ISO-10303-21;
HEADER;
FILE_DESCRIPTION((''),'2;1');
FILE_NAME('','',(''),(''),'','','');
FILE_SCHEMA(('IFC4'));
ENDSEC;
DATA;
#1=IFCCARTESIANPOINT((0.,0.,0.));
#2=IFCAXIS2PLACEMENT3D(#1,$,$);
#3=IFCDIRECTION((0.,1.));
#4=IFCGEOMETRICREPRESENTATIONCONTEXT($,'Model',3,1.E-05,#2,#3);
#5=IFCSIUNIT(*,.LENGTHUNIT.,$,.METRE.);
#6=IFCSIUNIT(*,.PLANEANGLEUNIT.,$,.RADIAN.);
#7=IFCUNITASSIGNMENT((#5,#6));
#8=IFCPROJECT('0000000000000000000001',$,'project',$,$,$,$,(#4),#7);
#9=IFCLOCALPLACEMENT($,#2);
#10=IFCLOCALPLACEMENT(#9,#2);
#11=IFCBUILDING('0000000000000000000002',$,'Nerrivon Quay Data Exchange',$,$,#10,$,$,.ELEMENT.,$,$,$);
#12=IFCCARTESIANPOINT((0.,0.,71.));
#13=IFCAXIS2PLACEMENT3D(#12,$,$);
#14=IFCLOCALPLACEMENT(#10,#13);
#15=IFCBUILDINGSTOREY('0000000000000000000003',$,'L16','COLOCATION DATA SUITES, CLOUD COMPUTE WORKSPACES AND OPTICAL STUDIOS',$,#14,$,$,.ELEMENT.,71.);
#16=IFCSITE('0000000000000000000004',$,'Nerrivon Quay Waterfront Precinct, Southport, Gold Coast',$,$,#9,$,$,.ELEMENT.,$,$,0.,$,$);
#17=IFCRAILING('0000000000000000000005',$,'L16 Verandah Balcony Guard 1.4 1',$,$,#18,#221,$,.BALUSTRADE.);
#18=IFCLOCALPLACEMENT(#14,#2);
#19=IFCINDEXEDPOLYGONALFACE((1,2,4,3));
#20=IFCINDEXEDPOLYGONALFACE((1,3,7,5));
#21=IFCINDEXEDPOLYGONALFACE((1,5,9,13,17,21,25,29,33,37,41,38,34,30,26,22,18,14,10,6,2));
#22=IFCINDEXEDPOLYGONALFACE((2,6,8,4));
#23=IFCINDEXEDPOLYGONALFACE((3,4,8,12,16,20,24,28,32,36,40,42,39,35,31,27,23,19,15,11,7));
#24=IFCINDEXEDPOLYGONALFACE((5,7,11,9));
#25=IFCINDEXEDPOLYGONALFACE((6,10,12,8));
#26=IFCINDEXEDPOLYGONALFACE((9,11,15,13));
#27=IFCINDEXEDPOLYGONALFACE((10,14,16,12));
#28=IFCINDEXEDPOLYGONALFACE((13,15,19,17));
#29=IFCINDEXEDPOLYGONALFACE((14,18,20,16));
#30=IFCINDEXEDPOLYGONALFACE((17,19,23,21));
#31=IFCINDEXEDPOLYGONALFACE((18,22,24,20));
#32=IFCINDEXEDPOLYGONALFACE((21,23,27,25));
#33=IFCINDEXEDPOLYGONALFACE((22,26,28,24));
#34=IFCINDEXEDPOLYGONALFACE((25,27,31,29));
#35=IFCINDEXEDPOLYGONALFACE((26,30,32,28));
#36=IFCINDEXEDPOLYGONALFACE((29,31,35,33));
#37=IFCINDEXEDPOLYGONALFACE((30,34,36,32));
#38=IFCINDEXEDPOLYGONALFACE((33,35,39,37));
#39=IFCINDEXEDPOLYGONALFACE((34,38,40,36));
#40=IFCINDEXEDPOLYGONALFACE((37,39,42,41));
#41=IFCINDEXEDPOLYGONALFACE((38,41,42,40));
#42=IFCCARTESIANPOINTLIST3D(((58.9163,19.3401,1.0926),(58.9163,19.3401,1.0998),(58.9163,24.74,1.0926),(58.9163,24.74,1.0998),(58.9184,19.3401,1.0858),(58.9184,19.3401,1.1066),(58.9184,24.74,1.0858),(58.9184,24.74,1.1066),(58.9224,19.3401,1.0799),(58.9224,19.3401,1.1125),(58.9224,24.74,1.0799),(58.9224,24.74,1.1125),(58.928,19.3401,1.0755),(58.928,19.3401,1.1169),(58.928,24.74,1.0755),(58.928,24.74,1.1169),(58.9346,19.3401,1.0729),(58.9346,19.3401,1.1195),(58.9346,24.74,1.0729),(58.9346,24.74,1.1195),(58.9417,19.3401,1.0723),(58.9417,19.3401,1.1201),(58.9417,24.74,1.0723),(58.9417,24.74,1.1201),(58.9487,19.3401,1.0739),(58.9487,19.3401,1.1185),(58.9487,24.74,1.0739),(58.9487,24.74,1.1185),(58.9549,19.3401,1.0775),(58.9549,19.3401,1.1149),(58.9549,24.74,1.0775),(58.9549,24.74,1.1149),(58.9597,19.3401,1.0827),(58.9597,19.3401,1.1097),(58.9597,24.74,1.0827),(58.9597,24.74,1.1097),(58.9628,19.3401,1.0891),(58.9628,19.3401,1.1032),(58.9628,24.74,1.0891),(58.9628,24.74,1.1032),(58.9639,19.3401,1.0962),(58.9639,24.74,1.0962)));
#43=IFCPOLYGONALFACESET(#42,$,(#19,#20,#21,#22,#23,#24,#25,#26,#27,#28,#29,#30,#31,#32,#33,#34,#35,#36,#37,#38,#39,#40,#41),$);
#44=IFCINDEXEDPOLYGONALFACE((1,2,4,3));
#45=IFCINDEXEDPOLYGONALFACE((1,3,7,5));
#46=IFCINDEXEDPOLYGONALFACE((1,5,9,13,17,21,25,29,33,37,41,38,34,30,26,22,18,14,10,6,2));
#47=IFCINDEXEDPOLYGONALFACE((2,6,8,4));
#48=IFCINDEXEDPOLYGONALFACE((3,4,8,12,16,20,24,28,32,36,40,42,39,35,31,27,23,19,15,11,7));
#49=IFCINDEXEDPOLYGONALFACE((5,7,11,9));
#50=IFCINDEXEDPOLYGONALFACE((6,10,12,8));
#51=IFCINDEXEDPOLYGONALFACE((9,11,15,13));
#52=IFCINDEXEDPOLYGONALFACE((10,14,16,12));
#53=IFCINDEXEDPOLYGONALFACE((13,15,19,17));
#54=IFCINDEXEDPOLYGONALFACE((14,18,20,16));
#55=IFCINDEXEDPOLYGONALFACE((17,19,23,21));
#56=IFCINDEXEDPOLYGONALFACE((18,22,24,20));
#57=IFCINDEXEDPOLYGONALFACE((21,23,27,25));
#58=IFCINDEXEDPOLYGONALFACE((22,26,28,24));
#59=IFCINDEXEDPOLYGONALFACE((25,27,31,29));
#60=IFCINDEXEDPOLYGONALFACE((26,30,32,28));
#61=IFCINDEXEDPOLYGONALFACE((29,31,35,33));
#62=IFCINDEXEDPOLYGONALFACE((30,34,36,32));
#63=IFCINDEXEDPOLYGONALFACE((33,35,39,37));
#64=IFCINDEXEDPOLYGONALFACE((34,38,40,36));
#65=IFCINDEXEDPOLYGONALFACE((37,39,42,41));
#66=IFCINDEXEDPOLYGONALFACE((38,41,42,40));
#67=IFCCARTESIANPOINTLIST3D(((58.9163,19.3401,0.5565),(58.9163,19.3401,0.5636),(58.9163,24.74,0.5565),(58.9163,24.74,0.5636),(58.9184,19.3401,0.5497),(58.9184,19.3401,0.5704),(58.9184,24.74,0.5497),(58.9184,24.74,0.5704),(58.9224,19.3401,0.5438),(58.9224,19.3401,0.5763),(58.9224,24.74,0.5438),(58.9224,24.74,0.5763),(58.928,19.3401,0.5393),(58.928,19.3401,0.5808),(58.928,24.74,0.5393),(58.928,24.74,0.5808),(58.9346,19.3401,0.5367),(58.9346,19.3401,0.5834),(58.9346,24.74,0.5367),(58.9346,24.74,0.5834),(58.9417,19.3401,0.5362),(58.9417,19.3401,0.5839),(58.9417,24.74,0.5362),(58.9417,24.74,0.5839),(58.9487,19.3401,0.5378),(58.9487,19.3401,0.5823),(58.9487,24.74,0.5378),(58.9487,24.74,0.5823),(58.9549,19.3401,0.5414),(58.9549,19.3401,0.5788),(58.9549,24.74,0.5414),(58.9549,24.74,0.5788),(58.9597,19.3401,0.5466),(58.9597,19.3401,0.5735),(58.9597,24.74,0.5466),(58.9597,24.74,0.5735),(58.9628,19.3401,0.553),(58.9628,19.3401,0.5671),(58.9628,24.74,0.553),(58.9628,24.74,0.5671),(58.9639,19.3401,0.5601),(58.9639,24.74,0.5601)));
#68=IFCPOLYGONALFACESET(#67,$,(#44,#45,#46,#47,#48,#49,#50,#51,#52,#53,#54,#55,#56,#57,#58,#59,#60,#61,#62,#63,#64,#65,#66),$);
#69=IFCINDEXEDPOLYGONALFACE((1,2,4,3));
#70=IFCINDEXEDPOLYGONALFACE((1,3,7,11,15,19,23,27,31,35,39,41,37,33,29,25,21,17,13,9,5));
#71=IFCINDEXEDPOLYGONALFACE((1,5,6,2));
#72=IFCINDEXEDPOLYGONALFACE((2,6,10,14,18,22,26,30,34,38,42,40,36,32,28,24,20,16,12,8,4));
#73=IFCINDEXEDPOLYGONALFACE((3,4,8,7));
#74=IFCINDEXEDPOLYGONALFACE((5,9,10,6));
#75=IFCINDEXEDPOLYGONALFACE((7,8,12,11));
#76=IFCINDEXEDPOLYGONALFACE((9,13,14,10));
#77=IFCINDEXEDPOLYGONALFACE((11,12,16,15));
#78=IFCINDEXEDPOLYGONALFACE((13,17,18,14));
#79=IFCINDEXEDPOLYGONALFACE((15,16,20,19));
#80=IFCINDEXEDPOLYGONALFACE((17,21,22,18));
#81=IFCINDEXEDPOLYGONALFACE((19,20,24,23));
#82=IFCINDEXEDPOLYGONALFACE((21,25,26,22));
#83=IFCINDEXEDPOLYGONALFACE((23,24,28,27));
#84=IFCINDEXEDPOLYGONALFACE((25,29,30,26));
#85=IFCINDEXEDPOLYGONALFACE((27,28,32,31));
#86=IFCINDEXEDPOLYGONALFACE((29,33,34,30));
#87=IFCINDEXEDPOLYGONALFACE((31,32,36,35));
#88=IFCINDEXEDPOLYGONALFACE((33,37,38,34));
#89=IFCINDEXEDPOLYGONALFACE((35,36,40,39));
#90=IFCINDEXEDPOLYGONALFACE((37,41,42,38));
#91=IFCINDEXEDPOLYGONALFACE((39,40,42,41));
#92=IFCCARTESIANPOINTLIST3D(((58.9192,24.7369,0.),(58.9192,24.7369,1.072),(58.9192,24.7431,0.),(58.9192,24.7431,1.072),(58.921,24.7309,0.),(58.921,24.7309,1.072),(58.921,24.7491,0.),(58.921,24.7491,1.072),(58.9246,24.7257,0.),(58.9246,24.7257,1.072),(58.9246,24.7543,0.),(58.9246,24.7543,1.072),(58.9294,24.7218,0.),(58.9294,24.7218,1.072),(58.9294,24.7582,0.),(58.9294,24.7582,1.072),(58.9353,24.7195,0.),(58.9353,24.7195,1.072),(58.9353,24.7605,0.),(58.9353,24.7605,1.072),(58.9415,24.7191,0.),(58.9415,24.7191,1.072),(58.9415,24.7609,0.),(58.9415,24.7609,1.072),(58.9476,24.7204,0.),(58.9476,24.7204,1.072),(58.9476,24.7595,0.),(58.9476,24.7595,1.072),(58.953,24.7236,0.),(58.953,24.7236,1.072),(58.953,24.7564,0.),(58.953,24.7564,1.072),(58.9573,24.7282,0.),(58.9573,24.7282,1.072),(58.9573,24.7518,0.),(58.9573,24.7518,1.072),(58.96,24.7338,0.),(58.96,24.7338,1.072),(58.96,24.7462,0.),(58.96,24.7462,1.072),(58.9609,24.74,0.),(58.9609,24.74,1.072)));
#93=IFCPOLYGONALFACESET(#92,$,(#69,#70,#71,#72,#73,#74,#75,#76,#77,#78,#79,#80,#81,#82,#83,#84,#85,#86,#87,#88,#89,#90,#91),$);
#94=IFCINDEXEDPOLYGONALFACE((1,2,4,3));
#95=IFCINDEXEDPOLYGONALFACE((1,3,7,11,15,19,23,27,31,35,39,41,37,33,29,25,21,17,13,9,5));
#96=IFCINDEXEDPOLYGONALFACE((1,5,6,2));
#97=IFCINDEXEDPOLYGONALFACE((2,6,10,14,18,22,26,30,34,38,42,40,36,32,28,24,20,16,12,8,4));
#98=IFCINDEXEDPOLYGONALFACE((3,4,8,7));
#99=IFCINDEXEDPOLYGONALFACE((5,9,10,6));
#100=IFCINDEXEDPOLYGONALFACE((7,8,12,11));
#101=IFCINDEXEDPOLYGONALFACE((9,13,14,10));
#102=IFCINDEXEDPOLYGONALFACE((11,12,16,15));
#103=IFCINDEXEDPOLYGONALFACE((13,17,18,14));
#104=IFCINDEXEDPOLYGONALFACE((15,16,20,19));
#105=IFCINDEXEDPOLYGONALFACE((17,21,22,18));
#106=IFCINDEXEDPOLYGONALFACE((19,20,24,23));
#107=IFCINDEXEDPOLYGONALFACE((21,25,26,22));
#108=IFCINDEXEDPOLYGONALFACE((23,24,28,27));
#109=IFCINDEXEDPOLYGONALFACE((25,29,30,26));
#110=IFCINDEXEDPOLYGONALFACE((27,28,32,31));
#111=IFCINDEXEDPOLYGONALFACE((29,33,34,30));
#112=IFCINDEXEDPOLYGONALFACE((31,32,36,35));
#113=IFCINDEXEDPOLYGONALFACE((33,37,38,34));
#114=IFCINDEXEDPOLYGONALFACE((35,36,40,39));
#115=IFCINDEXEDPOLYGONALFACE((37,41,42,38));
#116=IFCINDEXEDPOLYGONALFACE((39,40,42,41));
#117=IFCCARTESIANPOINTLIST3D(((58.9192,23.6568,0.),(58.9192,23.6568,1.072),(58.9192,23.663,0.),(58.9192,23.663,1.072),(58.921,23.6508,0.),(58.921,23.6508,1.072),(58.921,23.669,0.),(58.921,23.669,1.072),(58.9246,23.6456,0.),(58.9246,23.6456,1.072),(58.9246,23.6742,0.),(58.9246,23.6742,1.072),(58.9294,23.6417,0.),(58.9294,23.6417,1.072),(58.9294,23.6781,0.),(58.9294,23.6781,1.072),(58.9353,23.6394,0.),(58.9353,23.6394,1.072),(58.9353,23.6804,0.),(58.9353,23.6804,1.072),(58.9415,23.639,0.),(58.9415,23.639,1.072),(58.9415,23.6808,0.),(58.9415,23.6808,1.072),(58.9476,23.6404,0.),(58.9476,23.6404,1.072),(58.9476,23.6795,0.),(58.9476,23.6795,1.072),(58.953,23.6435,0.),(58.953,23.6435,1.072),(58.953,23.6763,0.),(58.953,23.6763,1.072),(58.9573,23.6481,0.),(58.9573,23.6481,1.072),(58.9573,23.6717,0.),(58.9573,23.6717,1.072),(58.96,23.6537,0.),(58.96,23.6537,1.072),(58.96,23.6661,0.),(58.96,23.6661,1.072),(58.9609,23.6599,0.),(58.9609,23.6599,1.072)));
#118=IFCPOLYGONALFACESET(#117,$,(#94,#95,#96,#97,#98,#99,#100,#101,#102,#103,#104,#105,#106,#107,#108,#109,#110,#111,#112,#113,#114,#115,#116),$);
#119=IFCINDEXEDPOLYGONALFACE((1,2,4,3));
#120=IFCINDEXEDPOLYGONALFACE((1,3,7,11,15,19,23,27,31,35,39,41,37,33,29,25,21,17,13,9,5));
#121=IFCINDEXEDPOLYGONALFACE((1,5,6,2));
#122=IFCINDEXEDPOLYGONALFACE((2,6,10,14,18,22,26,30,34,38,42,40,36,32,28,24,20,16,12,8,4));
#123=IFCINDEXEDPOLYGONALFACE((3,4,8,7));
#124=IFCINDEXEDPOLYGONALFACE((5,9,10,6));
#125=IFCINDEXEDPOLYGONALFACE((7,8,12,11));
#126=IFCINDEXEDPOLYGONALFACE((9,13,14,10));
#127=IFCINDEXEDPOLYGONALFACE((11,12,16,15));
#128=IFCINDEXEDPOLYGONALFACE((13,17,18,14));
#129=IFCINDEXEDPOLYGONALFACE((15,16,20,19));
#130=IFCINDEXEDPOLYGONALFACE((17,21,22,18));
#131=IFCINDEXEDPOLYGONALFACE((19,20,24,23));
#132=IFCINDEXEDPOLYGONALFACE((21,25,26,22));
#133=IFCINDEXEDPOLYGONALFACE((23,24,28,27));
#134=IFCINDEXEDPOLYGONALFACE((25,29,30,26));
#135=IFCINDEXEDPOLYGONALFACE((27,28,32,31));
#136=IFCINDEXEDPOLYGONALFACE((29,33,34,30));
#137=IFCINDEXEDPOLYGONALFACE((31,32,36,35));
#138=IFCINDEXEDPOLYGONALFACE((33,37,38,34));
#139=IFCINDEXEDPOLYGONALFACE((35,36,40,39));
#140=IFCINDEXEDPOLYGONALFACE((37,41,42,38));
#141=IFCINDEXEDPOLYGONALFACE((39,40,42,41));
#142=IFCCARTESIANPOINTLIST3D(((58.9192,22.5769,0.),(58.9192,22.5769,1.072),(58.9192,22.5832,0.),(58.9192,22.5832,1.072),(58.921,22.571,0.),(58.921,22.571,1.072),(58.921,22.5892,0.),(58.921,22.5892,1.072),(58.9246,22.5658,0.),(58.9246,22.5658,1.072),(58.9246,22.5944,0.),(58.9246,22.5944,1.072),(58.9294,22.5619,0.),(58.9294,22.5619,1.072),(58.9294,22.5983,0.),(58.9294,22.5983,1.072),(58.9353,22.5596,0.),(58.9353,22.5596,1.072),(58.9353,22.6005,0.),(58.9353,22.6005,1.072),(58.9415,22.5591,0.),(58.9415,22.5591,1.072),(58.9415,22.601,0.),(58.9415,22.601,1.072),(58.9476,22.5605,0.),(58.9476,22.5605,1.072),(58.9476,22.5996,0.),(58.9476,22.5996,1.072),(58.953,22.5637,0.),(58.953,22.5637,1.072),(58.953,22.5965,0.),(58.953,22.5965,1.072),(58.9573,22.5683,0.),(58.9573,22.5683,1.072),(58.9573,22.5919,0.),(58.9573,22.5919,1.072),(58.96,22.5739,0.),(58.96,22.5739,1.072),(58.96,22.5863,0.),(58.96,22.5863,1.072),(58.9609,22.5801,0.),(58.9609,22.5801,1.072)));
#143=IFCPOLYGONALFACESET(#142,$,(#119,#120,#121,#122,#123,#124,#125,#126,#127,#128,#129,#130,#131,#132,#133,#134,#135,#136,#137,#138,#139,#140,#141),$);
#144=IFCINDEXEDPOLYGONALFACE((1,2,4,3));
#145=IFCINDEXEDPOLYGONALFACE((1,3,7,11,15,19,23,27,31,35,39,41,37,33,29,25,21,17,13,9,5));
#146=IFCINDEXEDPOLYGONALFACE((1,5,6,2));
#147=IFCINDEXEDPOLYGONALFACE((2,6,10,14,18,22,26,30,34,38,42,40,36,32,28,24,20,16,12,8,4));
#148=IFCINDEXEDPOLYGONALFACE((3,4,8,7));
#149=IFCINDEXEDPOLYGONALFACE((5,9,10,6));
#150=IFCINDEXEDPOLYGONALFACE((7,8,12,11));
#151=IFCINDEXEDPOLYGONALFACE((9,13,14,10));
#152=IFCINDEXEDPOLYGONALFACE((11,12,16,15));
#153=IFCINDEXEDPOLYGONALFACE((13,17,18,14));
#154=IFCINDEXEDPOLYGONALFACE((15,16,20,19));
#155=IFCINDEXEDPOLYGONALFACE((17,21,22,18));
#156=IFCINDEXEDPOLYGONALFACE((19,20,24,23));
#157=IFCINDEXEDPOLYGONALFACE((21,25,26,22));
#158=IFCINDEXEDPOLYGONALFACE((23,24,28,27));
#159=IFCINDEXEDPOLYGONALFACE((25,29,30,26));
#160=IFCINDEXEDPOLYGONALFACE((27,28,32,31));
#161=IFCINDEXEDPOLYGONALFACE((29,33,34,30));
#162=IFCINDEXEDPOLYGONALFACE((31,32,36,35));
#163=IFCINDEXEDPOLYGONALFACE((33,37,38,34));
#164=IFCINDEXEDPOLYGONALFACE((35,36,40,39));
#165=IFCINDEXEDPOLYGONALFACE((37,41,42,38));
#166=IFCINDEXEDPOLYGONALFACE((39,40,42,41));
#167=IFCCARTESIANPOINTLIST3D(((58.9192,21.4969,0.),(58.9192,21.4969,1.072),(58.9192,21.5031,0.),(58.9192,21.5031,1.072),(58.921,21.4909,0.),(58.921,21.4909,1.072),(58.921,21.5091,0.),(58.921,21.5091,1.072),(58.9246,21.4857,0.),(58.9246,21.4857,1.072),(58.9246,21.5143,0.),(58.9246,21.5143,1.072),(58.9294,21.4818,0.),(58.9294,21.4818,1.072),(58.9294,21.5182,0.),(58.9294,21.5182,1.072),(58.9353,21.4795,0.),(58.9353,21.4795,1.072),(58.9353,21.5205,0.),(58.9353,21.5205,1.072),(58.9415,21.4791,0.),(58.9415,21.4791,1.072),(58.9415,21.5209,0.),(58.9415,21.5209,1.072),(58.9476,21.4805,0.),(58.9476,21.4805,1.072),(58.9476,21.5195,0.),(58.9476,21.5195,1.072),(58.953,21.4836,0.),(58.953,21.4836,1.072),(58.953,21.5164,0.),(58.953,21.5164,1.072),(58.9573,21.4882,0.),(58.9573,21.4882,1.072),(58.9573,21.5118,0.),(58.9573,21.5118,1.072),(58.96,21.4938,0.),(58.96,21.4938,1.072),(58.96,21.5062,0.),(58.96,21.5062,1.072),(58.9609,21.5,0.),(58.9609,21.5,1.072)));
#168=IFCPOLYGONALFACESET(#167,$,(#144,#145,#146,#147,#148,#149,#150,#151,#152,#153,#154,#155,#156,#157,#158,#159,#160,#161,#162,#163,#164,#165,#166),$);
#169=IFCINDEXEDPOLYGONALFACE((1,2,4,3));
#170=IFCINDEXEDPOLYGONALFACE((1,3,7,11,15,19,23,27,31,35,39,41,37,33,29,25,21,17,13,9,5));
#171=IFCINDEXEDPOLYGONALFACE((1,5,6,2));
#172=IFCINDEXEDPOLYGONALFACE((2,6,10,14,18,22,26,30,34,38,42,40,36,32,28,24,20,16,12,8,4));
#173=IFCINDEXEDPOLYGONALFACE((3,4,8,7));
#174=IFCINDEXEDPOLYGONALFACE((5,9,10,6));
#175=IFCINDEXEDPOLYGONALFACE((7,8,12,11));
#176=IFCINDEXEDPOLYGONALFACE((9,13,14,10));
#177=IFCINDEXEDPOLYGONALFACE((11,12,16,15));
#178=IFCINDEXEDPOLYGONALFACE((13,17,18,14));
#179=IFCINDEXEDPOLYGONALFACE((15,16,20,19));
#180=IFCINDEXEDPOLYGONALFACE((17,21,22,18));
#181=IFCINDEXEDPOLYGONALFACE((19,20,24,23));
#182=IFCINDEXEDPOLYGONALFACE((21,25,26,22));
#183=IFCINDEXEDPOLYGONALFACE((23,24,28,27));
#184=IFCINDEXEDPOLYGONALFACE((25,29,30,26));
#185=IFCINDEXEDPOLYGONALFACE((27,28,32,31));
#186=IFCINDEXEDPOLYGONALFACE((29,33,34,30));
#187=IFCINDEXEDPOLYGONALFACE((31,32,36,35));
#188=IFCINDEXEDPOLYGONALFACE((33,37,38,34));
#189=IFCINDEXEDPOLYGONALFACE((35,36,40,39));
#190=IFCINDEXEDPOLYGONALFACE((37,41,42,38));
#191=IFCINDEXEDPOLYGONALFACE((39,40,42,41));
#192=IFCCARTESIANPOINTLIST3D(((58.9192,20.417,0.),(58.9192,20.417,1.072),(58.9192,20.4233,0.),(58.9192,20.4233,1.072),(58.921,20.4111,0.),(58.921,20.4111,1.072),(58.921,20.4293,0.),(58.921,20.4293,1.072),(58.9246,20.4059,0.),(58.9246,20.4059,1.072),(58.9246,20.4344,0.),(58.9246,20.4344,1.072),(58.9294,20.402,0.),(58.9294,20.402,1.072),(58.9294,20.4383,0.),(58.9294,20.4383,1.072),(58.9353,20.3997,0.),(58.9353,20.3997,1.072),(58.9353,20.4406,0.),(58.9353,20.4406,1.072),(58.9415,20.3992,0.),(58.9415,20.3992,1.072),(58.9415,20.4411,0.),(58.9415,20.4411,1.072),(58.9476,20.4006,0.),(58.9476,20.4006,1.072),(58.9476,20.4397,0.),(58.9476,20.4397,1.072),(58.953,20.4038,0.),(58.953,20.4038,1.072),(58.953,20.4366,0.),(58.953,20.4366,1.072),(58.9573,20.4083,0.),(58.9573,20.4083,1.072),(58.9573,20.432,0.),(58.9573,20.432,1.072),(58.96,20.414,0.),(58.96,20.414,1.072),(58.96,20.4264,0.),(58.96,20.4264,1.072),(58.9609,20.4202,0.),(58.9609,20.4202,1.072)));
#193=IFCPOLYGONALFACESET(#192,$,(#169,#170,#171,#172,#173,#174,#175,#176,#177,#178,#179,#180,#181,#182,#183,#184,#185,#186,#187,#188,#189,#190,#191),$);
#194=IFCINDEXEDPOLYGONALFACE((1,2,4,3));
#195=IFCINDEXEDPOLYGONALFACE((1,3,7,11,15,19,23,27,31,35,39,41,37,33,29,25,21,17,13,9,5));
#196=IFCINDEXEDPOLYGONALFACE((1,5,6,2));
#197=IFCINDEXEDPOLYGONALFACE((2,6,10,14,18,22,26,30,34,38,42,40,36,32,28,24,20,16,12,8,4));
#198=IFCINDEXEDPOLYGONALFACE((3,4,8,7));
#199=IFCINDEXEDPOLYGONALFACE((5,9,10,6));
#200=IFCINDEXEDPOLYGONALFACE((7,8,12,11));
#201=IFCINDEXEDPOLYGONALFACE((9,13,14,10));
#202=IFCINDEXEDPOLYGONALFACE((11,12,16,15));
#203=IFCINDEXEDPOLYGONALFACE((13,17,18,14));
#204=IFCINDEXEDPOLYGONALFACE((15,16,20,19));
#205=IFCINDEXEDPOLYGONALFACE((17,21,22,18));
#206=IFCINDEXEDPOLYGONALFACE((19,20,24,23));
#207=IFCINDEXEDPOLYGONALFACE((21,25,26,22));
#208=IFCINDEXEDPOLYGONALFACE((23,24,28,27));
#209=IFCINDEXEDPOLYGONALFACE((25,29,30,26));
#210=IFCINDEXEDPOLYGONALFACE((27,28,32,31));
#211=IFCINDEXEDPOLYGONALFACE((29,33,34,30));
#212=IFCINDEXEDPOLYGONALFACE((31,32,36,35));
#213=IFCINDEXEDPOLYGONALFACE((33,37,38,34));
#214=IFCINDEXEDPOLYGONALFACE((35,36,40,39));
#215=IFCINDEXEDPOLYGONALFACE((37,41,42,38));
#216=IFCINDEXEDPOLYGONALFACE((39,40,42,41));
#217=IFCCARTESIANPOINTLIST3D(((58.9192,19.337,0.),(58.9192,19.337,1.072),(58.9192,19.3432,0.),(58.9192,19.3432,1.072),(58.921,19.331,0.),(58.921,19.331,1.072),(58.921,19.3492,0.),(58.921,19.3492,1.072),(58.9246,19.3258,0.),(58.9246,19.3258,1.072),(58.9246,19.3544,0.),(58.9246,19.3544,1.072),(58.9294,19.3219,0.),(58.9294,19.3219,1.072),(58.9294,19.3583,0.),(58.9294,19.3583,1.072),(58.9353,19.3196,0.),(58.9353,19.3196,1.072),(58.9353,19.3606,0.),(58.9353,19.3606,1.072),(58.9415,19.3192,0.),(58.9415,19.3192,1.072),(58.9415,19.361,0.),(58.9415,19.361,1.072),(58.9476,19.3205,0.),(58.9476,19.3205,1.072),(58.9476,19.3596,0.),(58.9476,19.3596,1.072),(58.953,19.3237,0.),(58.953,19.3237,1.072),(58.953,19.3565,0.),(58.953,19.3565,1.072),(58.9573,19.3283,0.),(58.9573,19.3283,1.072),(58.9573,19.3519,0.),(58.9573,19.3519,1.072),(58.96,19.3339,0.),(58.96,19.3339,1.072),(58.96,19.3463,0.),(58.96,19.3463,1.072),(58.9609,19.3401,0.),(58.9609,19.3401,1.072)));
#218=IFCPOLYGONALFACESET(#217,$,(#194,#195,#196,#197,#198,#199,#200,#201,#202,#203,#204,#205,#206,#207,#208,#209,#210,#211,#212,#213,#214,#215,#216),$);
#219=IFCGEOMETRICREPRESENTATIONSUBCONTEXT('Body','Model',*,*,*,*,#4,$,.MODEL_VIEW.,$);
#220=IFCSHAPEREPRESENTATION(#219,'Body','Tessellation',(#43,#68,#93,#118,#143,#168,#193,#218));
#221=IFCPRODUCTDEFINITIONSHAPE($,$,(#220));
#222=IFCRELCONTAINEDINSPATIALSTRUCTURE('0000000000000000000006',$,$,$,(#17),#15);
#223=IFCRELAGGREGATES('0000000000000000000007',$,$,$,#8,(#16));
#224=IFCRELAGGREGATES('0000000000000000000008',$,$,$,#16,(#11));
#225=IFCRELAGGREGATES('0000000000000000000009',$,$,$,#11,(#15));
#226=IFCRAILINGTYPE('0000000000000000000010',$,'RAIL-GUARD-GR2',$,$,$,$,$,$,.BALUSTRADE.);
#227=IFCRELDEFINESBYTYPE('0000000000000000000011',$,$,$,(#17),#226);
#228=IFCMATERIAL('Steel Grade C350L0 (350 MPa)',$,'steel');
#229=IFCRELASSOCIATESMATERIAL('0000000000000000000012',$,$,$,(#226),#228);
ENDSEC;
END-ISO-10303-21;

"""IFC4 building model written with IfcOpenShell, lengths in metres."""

from ifc_helpers import new_model, si_unit, direction, frame, origin, origin_2d, place, context, subcontext, project, spatial, circle, extrude, material, type_object, element, save


model = new_model("IFC4")

# Units and contexts
model_context = context("Model", 3, precision=1e-05, world=origin(), true_north=direction((0.0, 1.0)))
body_context = subcontext(model_context, "Body", "Model", "MODEL_VIEW")
ifc_project = project(units=[si_unit("LENGTHUNIT", "METRE"), si_unit("PLANEANGLEUNIT", "RADIAN")], contexts=[model_context])

# Site, building, storey
site_placement = place(None, origin())
site = spatial("IfcSite", under=ifc_project, at=site_placement, Name="Nerrivon Quay Waterfront Precinct, Southport, Gold Coast", CompositionType="ELEMENT", RefElevation=0.0)
building_placement = place(site_placement, origin())
building = spatial("IfcBuilding", under=site, at=building_placement, Name="Nerrivon Quay Data Exchange", CompositionType="ELEMENT")
storey_placement = place(building_placement, frame((0.0, 0.0, 71.0)))
storey = spatial("IfcBuildingStorey", under=building, at=storey_placement, Name="L16", Description="COLOCATION DATA SUITES, CLOUD COMPUTE WORKSPACES AND OPTICAL STUDIOS", CompositionType="ELEMENT", Elevation=71.0)

# Railing
ifc_material_1 = material(Name="Steel Grade C350L0 (350 MPa)", Category="steel")
railing_type = type_object("IfcRailingType", Name="RAIL-GUARD-GR2", PredefinedType="BALUSTRADE", material=ifc_material_1)
railing_1_placement = place(storey_placement, frame((58.9399, 24.74, 0.0)))
element("IfcRailing", 1, at=railing_1_placement, inside=storey, type_object=railing_type, Name="L16 Verandah Balcony Guard 1.4 1", PredefinedType="BALUSTRADE", context=body_context, shape_type="SweptSolid", body=[
    extrude(circle(Radius=0.0239, at=origin_2d()), frame((0.0, 0.0, 1.0962), z_axis=(0.0, -1.0, 0.0), x_axis=(1.0, 0.0, 0.0)), (0.0, 0.0, 1.0), 5.3999),
    extrude(circle(Radius=0.0239, at=origin_2d()), frame((0.0, 0.0, 0.5601), z_axis=(0.0, -1.0, 0.0), x_axis=(1.0, 0.0, 0.0)), (0.0, 0.0, 1.0), 5.3999),
    extrude(circle(Radius=0.021, at=origin_2d()), origin(), (0.0, 0.0, 1.0), 1.072),
    extrude(circle(Radius=0.021, at=origin_2d()), frame((0.0, -1.0801, 0.0)), (0.0, 0.0, 1.0), 1.072),
    extrude(circle(Radius=0.021, at=origin_2d()), frame((0.0, -2.1599, 0.0)), (0.0, 0.0, 1.0), 1.072),
    extrude(circle(Radius=0.021, at=origin_2d()), frame((0.0, -3.24, 0.0)), (0.0, 0.0, 1.0), 1.072),
    extrude(circle(Radius=0.021, at=origin_2d()), frame((0.0, -4.3198, 0.0)), (0.0, 0.0, 1.0), 1.072),
    extrude(circle(Radius=0.021, at=origin_2d()), frame((0.0, -5.3999, 0.0)), (0.0, 0.0, 1.0), 1.072),
])

save(model, "model.ifc")
